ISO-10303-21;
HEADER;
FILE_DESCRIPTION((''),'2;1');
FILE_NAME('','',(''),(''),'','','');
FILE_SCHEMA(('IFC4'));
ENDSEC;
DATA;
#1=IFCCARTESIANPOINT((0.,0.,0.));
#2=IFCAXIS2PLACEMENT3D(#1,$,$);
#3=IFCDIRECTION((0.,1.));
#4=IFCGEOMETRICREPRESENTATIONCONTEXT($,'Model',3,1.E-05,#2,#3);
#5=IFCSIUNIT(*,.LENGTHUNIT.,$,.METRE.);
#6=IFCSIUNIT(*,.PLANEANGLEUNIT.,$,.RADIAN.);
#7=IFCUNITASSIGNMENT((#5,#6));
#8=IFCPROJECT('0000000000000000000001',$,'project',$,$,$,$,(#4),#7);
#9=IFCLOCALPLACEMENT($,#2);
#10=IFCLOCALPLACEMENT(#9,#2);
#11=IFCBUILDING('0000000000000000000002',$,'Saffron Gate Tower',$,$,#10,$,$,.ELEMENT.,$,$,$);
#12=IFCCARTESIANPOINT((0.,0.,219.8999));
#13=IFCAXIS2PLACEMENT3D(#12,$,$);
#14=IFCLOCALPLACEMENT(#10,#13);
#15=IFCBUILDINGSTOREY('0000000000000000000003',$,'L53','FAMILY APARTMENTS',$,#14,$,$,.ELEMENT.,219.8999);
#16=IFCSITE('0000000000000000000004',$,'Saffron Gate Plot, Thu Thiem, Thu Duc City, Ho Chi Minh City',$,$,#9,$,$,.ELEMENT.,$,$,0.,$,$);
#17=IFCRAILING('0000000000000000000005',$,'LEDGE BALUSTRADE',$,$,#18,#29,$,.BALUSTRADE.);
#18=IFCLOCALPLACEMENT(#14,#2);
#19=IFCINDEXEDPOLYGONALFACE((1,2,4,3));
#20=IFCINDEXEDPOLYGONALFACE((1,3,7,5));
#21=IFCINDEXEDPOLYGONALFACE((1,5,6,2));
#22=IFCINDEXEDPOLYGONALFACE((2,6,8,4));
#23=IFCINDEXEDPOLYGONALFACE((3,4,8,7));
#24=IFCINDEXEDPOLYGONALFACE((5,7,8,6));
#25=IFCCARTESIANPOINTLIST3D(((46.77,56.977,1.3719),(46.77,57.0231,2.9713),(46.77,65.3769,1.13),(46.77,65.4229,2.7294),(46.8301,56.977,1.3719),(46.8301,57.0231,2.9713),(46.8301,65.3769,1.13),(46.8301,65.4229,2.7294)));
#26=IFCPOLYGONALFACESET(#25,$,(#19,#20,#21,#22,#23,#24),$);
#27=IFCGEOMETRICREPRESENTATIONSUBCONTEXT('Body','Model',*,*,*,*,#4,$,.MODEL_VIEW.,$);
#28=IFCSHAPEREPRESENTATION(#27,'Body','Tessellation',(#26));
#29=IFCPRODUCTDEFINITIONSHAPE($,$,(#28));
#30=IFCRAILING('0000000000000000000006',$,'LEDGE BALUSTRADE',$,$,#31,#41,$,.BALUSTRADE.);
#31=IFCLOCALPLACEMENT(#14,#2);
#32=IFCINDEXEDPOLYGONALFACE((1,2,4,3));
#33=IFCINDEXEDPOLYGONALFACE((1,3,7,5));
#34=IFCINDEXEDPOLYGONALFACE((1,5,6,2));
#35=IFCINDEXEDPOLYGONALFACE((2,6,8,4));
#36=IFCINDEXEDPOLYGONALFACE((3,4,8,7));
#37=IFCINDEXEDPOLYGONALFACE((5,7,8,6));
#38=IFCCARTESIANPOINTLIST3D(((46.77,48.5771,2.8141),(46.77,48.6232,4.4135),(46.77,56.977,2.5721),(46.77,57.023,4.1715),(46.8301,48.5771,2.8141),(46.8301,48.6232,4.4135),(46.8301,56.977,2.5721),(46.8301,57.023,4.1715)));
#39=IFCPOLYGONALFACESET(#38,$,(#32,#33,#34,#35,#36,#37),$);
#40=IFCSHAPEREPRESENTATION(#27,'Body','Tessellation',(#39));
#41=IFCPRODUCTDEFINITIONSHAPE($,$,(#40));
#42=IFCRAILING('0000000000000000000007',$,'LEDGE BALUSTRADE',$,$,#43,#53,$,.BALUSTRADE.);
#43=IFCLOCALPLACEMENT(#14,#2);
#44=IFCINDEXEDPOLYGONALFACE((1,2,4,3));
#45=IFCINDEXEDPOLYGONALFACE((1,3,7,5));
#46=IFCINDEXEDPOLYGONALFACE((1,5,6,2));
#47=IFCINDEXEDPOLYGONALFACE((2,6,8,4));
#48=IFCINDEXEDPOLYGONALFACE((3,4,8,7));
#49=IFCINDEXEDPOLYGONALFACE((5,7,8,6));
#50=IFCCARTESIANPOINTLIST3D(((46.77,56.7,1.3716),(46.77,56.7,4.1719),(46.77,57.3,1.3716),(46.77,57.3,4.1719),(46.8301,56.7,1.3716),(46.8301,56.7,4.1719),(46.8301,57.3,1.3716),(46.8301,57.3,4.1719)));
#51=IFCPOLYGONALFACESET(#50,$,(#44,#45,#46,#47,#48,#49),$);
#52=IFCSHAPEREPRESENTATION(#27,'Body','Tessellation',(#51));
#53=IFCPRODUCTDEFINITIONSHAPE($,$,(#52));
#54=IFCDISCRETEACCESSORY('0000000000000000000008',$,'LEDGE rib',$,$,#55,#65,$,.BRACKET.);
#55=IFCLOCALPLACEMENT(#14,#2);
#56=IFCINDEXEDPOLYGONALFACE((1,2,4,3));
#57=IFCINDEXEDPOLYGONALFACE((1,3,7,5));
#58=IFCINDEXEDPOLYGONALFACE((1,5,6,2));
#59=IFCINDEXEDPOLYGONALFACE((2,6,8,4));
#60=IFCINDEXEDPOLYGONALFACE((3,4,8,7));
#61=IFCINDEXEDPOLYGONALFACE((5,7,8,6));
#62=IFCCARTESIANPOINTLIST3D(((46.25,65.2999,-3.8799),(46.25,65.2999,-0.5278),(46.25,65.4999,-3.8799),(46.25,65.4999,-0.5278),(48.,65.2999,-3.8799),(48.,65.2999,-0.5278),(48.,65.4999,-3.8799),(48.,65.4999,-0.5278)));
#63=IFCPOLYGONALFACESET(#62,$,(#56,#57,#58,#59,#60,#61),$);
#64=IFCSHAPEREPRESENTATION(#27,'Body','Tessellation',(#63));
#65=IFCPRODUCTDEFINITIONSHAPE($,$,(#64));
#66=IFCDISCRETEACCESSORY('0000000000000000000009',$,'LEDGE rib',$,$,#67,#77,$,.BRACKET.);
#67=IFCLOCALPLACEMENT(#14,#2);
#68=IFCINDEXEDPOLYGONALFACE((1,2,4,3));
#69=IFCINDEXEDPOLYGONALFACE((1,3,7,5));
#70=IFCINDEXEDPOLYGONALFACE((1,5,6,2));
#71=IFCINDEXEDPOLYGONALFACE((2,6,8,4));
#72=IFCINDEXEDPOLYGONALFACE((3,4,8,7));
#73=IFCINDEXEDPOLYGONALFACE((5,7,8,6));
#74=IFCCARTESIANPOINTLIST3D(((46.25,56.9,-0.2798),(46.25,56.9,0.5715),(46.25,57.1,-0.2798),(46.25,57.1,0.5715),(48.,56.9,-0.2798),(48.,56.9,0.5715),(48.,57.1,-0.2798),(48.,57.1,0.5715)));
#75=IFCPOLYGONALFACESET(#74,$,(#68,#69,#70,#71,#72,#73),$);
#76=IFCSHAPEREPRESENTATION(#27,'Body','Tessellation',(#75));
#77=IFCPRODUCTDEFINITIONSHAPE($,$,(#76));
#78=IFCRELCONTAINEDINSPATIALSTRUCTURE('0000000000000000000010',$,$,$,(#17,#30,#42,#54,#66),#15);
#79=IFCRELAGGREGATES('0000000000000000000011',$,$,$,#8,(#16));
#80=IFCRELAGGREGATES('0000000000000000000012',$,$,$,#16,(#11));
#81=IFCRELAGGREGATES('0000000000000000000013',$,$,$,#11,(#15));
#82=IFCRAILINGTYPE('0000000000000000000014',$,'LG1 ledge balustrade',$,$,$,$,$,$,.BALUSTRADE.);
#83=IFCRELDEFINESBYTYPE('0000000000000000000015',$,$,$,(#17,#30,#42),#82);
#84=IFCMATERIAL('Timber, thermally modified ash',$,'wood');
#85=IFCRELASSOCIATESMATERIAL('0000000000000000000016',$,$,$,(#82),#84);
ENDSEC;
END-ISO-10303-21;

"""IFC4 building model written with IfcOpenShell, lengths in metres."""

from ifc_helpers import new_model, si_unit, direction, frame, origin, origin_2d, place, context, subcontext, project, spatial, rectangle, extrude, material, type_object, element, save


model = new_model("IFC4")

# Units and contexts
model_context = context("Model", 3, precision=1e-05, world=origin(), true_north=direction((0.0, 1.0)))
body_context = subcontext(model_context, "Body", "Model", "MODEL_VIEW")
ifc_project = project(units=[si_unit("LENGTHUNIT", "METRE"), si_unit("PLANEANGLEUNIT", "RADIAN")], contexts=[model_context])

# Site, building, storey
site_placement = place(None, origin())
site = spatial("IfcSite", under=ifc_project, at=site_placement, Name="Saffron Gate Plot, Thu Thiem, Thu Duc City, Ho Chi Minh City", CompositionType="ELEMENT", RefElevation=0.0)
building_placement = place(site_placement, origin())
building = spatial("IfcBuilding", under=site, at=building_placement, Name="Saffron Gate Tower", CompositionType="ELEMENT")
storey_placement = place(building_placement, frame((0.0, 0.0, 219.8999)))
storey = spatial("IfcBuildingStorey", under=building, at=storey_placement, Name="L53", Description="FAMILY APARTMENTS", CompositionType="ELEMENT", Elevation=219.8999)

# Shared definitions
ifc_material_1 = material(Name="Timber, thermally modified ash", Category="wood")

# Railings
railing_type = type_object("IfcRailingType", Name="LG1 ledge balustrade", PredefinedType="BALUSTRADE", material=ifc_material_1)
for number, where, name in (
    (1, (46.8, 65.3999, 1.1296), "LEDGE BALUSTRADE"),
    (2, (46.8, 57.0, 2.5718), "LEDGE BALUSTRADE"),
):
    element("IfcRailing", number, at=place(storey_placement, frame(where)), inside=storey, type_object=railing_type, Name=name, PredefinedType="BALUSTRADE", context=body_context, shape_type="SweptSolid", body=[
        extrude(rectangle(XDim=0.0601, YDim=1.6001, at=origin_2d()), frame((0.0, 0.0, 0.8), z_axis=(0.0, -0.999585, 0.028791), x_axis=(1.0, 0.0, 0.0)), (0.0, 0.0, 1.0), 8.4033),
    ])
railing_placement = place(storey_placement, frame((46.8, 57.3, 1.3716)))
element("IfcRailing", 3, at=railing_placement, inside=storey, type_object=railing_type, Name="LEDGE BALUSTRADE", PredefinedType="BALUSTRADE", context=body_context, shape_type="SweptSolid", body=[
    extrude(rectangle(XDim=0.0601, YDim=2.8003, at=origin_2d()), frame((0.0, 0.0, 1.4001), z_axis=(0.0, -1.0, 0.0), x_axis=(1.0, 0.0, 0.0)), (0.0, 0.0, 1.0), 0.6001),
])

# Discrete accessories
discrete_accessory_1_placement = place(storey_placement, frame((47.125, 65.3999, -3.8799), z_axis=(0.0, 0.0, 1.0), x_axis=(0.0, -1.0, 0.0)))
element("IfcDiscreteAccessory", 4, at=discrete_accessory_1_placement, inside=storey, Name="LEDGE rib", PredefinedType="BRACKET", context=body_context, shape_type="SweptSolid", body=[
    extrude(rectangle(XDim=0.2, YDim=1.75, at=origin_2d()), origin(), (0.0, 0.0, 1.0), 3.3521),
])
discrete_accessory_2_placement = place(storey_placement, frame((47.125, 57.0, -0.2798), z_axis=(0.0, 0.0, 1.0), x_axis=(0.0, -1.0, 0.0)))
element("IfcDiscreteAccessory", 5, at=discrete_accessory_2_placement, inside=storey, Name="LEDGE rib", PredefinedType="BRACKET", context=body_context, shape_type="SweptSolid", body=[
    extrude(rectangle(XDim=0.2, YDim=1.75, at=origin_2d()), origin(), (0.0, 0.0, 1.0), 0.8513),
])

save(model, "model.ifc")
